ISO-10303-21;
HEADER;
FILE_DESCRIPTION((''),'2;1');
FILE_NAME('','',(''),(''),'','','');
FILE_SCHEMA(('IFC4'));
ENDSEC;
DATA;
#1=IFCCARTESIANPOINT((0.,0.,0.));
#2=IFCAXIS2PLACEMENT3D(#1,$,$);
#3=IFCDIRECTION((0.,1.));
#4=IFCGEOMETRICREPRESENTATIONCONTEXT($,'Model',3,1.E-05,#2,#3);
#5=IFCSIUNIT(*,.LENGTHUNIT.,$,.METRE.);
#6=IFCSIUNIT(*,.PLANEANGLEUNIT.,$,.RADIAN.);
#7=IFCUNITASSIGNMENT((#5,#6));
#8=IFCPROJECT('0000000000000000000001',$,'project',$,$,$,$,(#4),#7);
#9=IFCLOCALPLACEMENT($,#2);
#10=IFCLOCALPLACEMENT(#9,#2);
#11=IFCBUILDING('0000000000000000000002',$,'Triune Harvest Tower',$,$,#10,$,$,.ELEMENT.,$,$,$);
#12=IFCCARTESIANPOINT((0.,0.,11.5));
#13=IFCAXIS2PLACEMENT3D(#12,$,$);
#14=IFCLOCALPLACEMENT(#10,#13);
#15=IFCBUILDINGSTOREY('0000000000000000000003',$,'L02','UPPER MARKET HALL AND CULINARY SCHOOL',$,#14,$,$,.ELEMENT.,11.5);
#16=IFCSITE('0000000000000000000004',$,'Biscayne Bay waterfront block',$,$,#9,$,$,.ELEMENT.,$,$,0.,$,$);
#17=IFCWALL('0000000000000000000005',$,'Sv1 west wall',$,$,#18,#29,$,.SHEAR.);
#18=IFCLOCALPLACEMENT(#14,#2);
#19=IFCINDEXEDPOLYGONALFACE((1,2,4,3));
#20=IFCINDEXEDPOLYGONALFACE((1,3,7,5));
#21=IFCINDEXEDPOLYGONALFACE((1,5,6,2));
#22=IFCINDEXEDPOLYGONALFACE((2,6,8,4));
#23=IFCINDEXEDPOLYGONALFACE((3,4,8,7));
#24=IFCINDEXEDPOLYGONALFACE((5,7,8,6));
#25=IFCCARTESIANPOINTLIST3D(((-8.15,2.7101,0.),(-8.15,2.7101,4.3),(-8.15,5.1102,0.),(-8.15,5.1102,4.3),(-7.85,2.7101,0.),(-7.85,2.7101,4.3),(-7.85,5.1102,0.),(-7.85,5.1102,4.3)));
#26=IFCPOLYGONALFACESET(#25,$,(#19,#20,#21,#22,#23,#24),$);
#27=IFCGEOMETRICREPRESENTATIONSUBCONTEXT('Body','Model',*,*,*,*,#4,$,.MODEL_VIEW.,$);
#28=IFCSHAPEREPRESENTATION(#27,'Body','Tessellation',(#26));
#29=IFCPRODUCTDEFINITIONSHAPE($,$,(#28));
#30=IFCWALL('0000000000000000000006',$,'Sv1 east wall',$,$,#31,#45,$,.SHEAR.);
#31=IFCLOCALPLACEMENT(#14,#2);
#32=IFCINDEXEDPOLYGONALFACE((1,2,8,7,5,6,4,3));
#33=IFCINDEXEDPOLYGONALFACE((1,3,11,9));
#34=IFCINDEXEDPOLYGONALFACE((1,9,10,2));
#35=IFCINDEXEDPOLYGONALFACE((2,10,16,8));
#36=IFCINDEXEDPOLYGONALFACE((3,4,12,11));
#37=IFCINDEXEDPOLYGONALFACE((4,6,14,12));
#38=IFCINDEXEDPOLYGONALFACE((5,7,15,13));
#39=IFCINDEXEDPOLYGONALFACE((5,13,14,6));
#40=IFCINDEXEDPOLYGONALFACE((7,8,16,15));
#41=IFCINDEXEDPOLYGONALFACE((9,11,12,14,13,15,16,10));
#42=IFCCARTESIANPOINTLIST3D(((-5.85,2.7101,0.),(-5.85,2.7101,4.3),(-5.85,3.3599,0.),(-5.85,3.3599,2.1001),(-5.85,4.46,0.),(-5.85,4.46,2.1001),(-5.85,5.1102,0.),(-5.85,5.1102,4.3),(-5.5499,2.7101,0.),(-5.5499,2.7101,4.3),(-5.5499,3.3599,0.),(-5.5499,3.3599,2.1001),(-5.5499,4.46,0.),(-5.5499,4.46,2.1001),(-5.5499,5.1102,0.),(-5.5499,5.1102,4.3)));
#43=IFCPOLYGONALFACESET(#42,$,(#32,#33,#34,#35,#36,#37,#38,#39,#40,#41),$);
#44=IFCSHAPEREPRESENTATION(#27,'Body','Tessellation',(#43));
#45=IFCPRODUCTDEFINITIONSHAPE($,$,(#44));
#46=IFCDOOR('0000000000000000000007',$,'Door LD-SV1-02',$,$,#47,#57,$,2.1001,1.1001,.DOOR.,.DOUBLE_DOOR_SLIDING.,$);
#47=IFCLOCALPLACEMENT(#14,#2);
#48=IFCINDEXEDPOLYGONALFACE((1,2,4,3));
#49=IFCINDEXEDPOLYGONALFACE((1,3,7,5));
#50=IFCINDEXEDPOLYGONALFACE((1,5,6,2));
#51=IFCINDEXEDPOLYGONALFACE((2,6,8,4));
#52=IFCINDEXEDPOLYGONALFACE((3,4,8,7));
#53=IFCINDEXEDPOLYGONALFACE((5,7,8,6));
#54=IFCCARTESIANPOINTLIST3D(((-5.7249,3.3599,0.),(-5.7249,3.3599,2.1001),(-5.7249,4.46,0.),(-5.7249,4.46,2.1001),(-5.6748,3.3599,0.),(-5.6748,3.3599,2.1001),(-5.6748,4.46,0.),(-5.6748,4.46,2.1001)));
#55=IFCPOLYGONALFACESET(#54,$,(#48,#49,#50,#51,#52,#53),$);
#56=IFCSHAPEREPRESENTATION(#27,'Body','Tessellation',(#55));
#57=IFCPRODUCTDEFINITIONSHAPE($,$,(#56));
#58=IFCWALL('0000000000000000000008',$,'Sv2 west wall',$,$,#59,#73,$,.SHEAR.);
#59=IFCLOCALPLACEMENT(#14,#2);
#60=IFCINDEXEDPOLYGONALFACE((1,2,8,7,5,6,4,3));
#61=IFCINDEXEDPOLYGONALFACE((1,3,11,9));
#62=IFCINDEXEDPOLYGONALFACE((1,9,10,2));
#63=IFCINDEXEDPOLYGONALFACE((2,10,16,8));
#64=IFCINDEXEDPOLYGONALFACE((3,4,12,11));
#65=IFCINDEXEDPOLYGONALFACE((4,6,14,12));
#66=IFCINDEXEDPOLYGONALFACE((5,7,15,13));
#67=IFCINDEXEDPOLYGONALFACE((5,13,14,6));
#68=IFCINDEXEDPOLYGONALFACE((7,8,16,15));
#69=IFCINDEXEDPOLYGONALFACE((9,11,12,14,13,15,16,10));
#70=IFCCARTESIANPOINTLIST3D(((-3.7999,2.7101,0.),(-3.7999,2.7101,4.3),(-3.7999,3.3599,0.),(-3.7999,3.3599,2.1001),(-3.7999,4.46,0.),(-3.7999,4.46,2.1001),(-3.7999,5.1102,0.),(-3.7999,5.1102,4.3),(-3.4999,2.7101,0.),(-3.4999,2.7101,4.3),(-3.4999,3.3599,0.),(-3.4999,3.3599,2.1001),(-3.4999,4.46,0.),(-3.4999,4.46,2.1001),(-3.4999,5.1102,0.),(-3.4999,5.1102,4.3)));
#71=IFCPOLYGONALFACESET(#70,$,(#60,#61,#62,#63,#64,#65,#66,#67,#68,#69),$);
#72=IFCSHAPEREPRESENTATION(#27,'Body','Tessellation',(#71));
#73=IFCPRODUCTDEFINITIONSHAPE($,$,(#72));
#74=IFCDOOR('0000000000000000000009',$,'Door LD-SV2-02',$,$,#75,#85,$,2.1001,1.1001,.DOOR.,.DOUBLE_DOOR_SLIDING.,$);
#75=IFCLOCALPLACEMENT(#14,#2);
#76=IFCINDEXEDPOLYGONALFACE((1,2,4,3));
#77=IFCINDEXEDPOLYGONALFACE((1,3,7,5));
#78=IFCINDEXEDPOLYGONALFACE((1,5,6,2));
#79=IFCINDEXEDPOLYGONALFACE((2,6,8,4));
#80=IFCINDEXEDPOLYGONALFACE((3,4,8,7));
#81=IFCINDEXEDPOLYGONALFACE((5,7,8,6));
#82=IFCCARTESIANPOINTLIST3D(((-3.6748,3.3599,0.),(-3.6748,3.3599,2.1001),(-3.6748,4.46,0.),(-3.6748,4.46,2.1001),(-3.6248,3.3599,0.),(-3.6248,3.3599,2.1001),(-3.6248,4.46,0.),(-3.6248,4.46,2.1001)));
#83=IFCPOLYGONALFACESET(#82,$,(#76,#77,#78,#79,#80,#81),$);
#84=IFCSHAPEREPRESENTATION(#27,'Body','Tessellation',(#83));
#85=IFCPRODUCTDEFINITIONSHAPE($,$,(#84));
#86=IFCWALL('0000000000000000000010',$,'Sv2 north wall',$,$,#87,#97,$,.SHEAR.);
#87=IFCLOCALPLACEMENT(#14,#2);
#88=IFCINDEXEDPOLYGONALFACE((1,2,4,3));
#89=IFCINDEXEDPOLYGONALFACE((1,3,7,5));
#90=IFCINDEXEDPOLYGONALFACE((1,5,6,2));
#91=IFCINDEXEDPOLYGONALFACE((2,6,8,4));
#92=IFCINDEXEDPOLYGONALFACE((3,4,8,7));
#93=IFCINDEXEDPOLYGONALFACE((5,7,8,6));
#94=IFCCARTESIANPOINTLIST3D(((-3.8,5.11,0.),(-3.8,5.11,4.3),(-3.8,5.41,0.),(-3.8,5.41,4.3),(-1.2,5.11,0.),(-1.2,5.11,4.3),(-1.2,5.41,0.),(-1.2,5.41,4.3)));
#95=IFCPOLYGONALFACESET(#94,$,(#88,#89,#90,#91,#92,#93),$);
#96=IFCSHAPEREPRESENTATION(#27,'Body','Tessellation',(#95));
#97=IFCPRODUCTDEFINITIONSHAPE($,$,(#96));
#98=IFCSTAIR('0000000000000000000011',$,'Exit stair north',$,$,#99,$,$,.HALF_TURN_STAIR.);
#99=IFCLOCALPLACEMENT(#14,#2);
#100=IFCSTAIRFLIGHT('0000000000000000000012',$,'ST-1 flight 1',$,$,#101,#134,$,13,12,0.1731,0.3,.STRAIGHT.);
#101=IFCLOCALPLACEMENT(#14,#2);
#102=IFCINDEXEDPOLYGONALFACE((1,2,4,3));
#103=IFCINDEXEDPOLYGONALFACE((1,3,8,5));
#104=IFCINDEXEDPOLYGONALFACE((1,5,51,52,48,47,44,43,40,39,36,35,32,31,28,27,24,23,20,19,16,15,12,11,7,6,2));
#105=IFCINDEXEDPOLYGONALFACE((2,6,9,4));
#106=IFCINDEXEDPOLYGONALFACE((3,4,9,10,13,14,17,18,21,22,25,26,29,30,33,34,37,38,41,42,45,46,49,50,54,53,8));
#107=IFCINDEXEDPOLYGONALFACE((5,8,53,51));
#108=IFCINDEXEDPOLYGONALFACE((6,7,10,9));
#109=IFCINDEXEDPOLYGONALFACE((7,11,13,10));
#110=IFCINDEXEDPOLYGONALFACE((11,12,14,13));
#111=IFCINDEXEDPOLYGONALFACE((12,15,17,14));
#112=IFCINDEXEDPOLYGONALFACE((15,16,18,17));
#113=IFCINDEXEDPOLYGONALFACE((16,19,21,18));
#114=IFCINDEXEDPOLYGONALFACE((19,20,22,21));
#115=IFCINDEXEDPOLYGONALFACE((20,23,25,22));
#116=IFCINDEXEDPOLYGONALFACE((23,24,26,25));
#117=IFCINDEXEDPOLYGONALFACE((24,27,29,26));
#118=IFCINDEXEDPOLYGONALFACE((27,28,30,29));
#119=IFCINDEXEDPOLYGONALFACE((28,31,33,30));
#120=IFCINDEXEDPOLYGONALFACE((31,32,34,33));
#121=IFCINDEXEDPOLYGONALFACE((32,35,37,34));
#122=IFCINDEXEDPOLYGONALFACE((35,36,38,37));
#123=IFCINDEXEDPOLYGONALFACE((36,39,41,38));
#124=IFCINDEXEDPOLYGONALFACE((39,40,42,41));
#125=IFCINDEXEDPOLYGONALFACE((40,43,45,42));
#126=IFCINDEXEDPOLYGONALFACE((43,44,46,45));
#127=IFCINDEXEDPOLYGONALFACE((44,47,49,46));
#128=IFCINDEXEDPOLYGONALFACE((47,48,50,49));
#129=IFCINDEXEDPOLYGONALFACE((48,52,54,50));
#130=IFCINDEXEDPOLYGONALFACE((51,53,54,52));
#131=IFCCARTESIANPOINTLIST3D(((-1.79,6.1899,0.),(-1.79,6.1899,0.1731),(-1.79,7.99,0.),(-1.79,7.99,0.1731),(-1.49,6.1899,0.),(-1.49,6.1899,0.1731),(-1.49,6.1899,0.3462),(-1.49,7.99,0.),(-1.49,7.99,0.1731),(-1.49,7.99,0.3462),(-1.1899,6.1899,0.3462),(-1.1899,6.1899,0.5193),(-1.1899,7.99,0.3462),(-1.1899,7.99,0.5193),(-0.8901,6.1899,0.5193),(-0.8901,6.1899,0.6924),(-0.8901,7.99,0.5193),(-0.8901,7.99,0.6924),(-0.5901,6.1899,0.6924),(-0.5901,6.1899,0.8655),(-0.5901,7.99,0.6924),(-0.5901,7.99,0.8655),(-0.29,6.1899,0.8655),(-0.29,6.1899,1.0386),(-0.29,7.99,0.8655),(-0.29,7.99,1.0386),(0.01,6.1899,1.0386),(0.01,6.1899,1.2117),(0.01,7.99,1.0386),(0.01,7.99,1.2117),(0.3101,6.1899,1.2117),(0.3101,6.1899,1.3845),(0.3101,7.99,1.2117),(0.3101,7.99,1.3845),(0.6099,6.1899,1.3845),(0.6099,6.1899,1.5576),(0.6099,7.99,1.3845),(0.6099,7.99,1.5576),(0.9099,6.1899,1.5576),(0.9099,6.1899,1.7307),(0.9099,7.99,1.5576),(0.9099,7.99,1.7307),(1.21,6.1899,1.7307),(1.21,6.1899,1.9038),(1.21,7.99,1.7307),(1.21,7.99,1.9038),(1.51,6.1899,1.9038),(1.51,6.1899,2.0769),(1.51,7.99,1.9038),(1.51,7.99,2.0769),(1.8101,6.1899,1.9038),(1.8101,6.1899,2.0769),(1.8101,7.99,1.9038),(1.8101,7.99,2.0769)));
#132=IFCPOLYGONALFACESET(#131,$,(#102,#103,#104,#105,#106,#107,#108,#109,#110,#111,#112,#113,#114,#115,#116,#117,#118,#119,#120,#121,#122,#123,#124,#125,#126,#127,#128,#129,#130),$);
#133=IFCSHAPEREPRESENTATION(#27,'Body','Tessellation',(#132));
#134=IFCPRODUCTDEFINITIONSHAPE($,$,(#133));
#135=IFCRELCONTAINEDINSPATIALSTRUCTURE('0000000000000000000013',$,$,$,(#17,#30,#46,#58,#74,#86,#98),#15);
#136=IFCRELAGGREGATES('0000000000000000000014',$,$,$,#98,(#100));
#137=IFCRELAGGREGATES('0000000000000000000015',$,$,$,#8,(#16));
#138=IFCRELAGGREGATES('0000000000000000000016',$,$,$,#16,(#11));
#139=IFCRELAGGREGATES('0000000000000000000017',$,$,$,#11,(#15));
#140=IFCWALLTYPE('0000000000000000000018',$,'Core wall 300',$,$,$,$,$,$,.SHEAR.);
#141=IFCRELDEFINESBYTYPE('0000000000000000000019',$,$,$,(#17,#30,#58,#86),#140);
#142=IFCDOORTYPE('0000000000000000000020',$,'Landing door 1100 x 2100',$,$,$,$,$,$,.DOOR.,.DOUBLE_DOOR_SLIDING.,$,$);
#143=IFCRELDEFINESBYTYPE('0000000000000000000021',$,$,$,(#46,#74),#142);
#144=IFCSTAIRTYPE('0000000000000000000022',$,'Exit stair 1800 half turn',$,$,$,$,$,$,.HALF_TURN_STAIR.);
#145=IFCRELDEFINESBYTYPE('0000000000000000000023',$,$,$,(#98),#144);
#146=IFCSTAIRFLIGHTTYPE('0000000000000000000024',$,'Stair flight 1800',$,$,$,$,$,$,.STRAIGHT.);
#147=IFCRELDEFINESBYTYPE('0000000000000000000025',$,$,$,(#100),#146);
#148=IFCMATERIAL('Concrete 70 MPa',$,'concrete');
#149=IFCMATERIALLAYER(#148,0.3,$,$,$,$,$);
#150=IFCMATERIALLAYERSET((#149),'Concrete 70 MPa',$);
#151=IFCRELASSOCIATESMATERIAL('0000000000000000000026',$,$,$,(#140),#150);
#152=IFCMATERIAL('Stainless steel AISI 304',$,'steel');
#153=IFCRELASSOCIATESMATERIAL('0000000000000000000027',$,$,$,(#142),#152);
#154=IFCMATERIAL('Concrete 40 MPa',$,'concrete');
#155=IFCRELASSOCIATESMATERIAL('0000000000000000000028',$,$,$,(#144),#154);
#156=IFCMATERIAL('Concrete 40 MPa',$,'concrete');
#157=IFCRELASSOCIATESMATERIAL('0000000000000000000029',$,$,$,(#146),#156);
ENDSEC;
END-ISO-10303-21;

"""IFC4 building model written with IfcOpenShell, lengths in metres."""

from ifc_helpers import new_model, si_unit, direction, frame, frame_2d, origin, place, context, subcontext, project, spatial, polyline, rectangle, outline, extrude, source, transform, mapped, material, layer, layer_set, type_object, element, fill, aggregate, save


model = new_model("IFC4")

# Units and contexts
model_context = context("Model", 3, precision=1e-05, world=origin(), true_north=direction((0.0, 1.0)))
body_context = subcontext(model_context, "Body", "Model", "MODEL_VIEW")
ifc_project = project(units=[si_unit("LENGTHUNIT", "METRE"), si_unit("PLANEANGLEUNIT", "RADIAN")], contexts=[model_context])

# Site, building, storey
site_placement = place(None, origin())
site = spatial("IfcSite", under=ifc_project, at=site_placement, Name="Biscayne Bay waterfront block", CompositionType="ELEMENT", RefElevation=0.0)
building_placement = place(site_placement, origin())
building = spatial("IfcBuilding", under=site, at=building_placement, Name="Triune Harvest Tower", CompositionType="ELEMENT")
storey_placement = place(building_placement, frame((0.0, 0.0, 11.5)))
storey = spatial("IfcBuildingStorey", under=building, at=storey_placement, Name="L02", Description="UPPER MARKET HALL AND CULINARY SCHOOL", CompositionType="ELEMENT", Elevation=11.5)

# Shared definitions
ifc_material_1 = material(Name="Concrete 70 MPa", Category="concrete")
ifc_layer_1 = layer(ifc_material_1, 0.3)
ifc_layer_set_1 = layer_set([ifc_layer_1], Name="Concrete 70 MPa")
wall_type_1 = type_object("IfcWallType", Name="Core wall 300", PredefinedType="SHEAR", material=ifc_layer_set_1)
ifc_material_2 = material(Name="Stainless steel AISI 304", Category="steel")
door_type_1 = type_object("IfcDoorType", Name="Landing door 1100 x 2100", OperationType="DOUBLE_DOOR_SLIDING", PredefinedType="DOOR", material=ifc_material_2)

# Wall
shared_shape_1 = source(origin(), body_context, "Body", "SweptSolid", [
    extrude(rectangle(XDim=2.4001, YDim=0.3, at=frame_2d((1.2002, 0.0))), origin(), (0.0, 0.0, 1.0), 4.3),
])
wall_1_placement = place(storey_placement, frame((-8.0, 2.71, 0.0), z_axis=(0.0, 0.0, 1.0), x_axis=(0.0, 1.0, 0.0)))
element("IfcWall", 1, at=wall_1_placement, inside=storey, type_object=wall_type_1, Name="Sv1 west wall", PredefinedType="SHEAR", context=body_context, shape_type="MappedRepresentation", body=[
    mapped(shared_shape_1, transform((0.0, 0.0, 0.0), scale=1.0)),
])

# Walls, openings, doors
wall_2_placement = place(storey_placement, frame((-5.7, 2.71, 0.0), z_axis=(0.0, 0.0, 1.0), x_axis=(0.0, 1.0, 0.0)))
wall_2 = element("IfcWall", 2, at=wall_2_placement, inside=storey, type_object=wall_type_1, Name="Sv1 east wall", PredefinedType="SHEAR", context=body_context, shape_type="MappedRepresentation", body=[
    mapped(shared_shape_1, transform((0.0, 0.0, 0.0), scale=1.0)),
])
opening_1_placement = place(wall_2_placement, frame((0.6499, 0.0, 0.0)))
opening_1 = element("IfcOpeningElement", 3, at=opening_1_placement, cuts=wall_2, PredefinedType="OPENING", context=body_context, shape_type="SweptSolid", body=[
    extrude(rectangle(XDim=1.1001, YDim=2.1001, at=frame_2d((0.55, 1.05))), frame((0.0, 0.1602, 0.0), z_axis=(0.0, -1.0, 0.0), x_axis=(1.0, 0.0, 0.0)), (0.0, 0.0, 1.0), 0.3201),
])
door_1_placement = place(opening_1_placement, origin())
door_1 = element("IfcDoor", 4, at=door_1_placement, inside=storey, type_object=door_type_1, Name="Door LD-SV1-02", OperationType="DOUBLE_DOOR_SLIDING", OverallHeight=2.1001, OverallWidth=1.1001, PredefinedType="DOOR", context=body_context, shape_type="SweptSolid", body=[
    extrude(rectangle(XDim=1.1001, YDim=2.1001, at=frame_2d((0.55, 1.05))), frame((0.0, 0.0249, 0.0), z_axis=(0.0, -1.0, 0.0), x_axis=(1.0, 0.0, 0.0)), (0.0, 0.0, 1.0), 0.05),
])
fill(opening_1, door_1)
wall_3_placement = place(storey_placement, frame((-3.6499, 2.71, 0.0), z_axis=(0.0, 0.0, 1.0), x_axis=(0.0, 1.0, 0.0)))
wall_3 = element("IfcWall", 5, at=wall_3_placement, inside=storey, type_object=wall_type_1, Name="Sv2 west wall", PredefinedType="SHEAR", context=body_context, shape_type="MappedRepresentation", body=[
    mapped(shared_shape_1, transform((0.0, 0.0, 0.0), scale=1.0)),
])
opening_2_placement = place(wall_3_placement, frame((0.6499, 0.0, 0.0)))
opening_2 = element("IfcOpeningElement", 6, at=opening_2_placement, cuts=wall_3, PredefinedType="OPENING", context=body_context, shape_type="SweptSolid", body=[
    extrude(rectangle(XDim=1.1001, YDim=2.1001, at=frame_2d((0.55, 1.05))), frame((0.0, 0.1602, 0.0), z_axis=(0.0, -1.0, 0.0), x_axis=(1.0, 0.0, 0.0)), (0.0, 0.0, 1.0), 0.3201),
])
door_2_placement = place(opening_2_placement, origin())
door_2 = element("IfcDoor", 7, at=door_2_placement, inside=storey, type_object=door_type_1, Name="Door LD-SV2-02", OperationType="DOUBLE_DOOR_SLIDING", OverallHeight=2.1001, OverallWidth=1.1001, PredefinedType="DOOR", context=body_context, shape_type="SweptSolid", body=[
    extrude(rectangle(XDim=1.1001, YDim=2.1001, at=frame_2d((0.55, 1.05))), frame((0.0, 0.0249, 0.0), z_axis=(0.0, -1.0, 0.0), x_axis=(1.0, 0.0, 0.0)), (0.0, 0.0, 1.0), 0.05),
])
fill(opening_2, door_2)

# Wall
shared_shape_2 = source(origin(), body_context, "Body", "SweptSolid", [
    extrude(rectangle(XDim=2.6001, YDim=0.3, at=frame_2d((1.3, 0.0))), origin(), (0.0, 0.0, 1.0), 4.3),
])
wall_4_placement = place(storey_placement, frame((-3.8, 5.26, 0.0), z_axis=(0.0, 0.0, 1.0), x_axis=(1.0, 0.0, 0.0)))
element("IfcWall", 8, at=wall_4_placement, inside=storey, type_object=wall_type_1, Name="Sv2 north wall", PredefinedType="SHEAR", context=body_context, shape_type="MappedRepresentation", body=[
    mapped(shared_shape_2, transform((0.0, 0.0, 0.0), scale=1.0)),
])

# Stair, stair flight
ifc_material_3 = material(Name="Concrete 40 MPa", Category="concrete")
stair_type = type_object("IfcStairType", Name="Exit stair 1800 half turn", PredefinedType="HALF_TURN_STAIR", material=ifc_material_3)
stair_placement = place(storey_placement, origin())
stair = element("IfcStair", 9, at=stair_placement, inside=storey, type_object=stair_type, Name="Exit stair north", PredefinedType="HALF_TURN_STAIR")
ifc_material_4 = material(Name="Concrete 40 MPa", Category="concrete")
stair_flight_type = type_object("IfcStairFlightType", Name="Stair flight 1800", PredefinedType="STRAIGHT", material=ifc_material_4)
shared_shape_3 = source(origin(), body_context, "Body", "SweptSolid", [
    extrude(outline(polyline([(0.0, 0.0), (0.0, 0.1731), (0.3, 0.1731), (0.3, 0.3462), (0.6001, 0.3462), (0.6001, 0.5193), (0.8999, 0.5193), (0.8999, 0.6924), (1.2, 0.6924), (1.2, 0.8655), (1.5, 0.8655), (1.5, 1.0386), (1.8, 1.0386), (1.8, 1.2117), (2.1001, 1.2117), (2.1001, 1.3845), (2.3999, 1.3845), (2.3999, 1.5576), (2.7, 1.5576), (2.7, 1.7307), (3.0, 1.7307), (3.0, 1.9038), (3.3, 1.9038), (3.3, 2.0769), (3.6001, 2.0769), (3.6001, 2.25), (3.6001, 1.9038), (0.3, 0.0), (0.0, 0.0)])), frame((0.0, 0.8999, 0.0), z_axis=(0.0, -1.0, 0.0), x_axis=(1.0, 0.0, 0.0)), (0.0, 0.0, 1.0), 1.8),
])
stair_flight_placement = place(storey_placement, frame((-1.79, 7.0901, 0.0), z_axis=(0.0, 0.0, 1.0), x_axis=(1.0, 0.0, 0.0)))
stair_flight = element("IfcStairFlight", 10, at=stair_flight_placement, type_object=stair_flight_type, Name="ST-1 flight 1", NumberOfRisers=13, NumberOfTreads=12, PredefinedType="STRAIGHT", RiserHeight=0.1731, TreadLength=0.3, context=body_context, shape_type="MappedRepresentation", body=[
    mapped(shared_shape_3, transform((0.0, 0.0, 0.0), scale=1.0)),
])
aggregate(stair, [stair_flight])

save(model, "model.ifc")
